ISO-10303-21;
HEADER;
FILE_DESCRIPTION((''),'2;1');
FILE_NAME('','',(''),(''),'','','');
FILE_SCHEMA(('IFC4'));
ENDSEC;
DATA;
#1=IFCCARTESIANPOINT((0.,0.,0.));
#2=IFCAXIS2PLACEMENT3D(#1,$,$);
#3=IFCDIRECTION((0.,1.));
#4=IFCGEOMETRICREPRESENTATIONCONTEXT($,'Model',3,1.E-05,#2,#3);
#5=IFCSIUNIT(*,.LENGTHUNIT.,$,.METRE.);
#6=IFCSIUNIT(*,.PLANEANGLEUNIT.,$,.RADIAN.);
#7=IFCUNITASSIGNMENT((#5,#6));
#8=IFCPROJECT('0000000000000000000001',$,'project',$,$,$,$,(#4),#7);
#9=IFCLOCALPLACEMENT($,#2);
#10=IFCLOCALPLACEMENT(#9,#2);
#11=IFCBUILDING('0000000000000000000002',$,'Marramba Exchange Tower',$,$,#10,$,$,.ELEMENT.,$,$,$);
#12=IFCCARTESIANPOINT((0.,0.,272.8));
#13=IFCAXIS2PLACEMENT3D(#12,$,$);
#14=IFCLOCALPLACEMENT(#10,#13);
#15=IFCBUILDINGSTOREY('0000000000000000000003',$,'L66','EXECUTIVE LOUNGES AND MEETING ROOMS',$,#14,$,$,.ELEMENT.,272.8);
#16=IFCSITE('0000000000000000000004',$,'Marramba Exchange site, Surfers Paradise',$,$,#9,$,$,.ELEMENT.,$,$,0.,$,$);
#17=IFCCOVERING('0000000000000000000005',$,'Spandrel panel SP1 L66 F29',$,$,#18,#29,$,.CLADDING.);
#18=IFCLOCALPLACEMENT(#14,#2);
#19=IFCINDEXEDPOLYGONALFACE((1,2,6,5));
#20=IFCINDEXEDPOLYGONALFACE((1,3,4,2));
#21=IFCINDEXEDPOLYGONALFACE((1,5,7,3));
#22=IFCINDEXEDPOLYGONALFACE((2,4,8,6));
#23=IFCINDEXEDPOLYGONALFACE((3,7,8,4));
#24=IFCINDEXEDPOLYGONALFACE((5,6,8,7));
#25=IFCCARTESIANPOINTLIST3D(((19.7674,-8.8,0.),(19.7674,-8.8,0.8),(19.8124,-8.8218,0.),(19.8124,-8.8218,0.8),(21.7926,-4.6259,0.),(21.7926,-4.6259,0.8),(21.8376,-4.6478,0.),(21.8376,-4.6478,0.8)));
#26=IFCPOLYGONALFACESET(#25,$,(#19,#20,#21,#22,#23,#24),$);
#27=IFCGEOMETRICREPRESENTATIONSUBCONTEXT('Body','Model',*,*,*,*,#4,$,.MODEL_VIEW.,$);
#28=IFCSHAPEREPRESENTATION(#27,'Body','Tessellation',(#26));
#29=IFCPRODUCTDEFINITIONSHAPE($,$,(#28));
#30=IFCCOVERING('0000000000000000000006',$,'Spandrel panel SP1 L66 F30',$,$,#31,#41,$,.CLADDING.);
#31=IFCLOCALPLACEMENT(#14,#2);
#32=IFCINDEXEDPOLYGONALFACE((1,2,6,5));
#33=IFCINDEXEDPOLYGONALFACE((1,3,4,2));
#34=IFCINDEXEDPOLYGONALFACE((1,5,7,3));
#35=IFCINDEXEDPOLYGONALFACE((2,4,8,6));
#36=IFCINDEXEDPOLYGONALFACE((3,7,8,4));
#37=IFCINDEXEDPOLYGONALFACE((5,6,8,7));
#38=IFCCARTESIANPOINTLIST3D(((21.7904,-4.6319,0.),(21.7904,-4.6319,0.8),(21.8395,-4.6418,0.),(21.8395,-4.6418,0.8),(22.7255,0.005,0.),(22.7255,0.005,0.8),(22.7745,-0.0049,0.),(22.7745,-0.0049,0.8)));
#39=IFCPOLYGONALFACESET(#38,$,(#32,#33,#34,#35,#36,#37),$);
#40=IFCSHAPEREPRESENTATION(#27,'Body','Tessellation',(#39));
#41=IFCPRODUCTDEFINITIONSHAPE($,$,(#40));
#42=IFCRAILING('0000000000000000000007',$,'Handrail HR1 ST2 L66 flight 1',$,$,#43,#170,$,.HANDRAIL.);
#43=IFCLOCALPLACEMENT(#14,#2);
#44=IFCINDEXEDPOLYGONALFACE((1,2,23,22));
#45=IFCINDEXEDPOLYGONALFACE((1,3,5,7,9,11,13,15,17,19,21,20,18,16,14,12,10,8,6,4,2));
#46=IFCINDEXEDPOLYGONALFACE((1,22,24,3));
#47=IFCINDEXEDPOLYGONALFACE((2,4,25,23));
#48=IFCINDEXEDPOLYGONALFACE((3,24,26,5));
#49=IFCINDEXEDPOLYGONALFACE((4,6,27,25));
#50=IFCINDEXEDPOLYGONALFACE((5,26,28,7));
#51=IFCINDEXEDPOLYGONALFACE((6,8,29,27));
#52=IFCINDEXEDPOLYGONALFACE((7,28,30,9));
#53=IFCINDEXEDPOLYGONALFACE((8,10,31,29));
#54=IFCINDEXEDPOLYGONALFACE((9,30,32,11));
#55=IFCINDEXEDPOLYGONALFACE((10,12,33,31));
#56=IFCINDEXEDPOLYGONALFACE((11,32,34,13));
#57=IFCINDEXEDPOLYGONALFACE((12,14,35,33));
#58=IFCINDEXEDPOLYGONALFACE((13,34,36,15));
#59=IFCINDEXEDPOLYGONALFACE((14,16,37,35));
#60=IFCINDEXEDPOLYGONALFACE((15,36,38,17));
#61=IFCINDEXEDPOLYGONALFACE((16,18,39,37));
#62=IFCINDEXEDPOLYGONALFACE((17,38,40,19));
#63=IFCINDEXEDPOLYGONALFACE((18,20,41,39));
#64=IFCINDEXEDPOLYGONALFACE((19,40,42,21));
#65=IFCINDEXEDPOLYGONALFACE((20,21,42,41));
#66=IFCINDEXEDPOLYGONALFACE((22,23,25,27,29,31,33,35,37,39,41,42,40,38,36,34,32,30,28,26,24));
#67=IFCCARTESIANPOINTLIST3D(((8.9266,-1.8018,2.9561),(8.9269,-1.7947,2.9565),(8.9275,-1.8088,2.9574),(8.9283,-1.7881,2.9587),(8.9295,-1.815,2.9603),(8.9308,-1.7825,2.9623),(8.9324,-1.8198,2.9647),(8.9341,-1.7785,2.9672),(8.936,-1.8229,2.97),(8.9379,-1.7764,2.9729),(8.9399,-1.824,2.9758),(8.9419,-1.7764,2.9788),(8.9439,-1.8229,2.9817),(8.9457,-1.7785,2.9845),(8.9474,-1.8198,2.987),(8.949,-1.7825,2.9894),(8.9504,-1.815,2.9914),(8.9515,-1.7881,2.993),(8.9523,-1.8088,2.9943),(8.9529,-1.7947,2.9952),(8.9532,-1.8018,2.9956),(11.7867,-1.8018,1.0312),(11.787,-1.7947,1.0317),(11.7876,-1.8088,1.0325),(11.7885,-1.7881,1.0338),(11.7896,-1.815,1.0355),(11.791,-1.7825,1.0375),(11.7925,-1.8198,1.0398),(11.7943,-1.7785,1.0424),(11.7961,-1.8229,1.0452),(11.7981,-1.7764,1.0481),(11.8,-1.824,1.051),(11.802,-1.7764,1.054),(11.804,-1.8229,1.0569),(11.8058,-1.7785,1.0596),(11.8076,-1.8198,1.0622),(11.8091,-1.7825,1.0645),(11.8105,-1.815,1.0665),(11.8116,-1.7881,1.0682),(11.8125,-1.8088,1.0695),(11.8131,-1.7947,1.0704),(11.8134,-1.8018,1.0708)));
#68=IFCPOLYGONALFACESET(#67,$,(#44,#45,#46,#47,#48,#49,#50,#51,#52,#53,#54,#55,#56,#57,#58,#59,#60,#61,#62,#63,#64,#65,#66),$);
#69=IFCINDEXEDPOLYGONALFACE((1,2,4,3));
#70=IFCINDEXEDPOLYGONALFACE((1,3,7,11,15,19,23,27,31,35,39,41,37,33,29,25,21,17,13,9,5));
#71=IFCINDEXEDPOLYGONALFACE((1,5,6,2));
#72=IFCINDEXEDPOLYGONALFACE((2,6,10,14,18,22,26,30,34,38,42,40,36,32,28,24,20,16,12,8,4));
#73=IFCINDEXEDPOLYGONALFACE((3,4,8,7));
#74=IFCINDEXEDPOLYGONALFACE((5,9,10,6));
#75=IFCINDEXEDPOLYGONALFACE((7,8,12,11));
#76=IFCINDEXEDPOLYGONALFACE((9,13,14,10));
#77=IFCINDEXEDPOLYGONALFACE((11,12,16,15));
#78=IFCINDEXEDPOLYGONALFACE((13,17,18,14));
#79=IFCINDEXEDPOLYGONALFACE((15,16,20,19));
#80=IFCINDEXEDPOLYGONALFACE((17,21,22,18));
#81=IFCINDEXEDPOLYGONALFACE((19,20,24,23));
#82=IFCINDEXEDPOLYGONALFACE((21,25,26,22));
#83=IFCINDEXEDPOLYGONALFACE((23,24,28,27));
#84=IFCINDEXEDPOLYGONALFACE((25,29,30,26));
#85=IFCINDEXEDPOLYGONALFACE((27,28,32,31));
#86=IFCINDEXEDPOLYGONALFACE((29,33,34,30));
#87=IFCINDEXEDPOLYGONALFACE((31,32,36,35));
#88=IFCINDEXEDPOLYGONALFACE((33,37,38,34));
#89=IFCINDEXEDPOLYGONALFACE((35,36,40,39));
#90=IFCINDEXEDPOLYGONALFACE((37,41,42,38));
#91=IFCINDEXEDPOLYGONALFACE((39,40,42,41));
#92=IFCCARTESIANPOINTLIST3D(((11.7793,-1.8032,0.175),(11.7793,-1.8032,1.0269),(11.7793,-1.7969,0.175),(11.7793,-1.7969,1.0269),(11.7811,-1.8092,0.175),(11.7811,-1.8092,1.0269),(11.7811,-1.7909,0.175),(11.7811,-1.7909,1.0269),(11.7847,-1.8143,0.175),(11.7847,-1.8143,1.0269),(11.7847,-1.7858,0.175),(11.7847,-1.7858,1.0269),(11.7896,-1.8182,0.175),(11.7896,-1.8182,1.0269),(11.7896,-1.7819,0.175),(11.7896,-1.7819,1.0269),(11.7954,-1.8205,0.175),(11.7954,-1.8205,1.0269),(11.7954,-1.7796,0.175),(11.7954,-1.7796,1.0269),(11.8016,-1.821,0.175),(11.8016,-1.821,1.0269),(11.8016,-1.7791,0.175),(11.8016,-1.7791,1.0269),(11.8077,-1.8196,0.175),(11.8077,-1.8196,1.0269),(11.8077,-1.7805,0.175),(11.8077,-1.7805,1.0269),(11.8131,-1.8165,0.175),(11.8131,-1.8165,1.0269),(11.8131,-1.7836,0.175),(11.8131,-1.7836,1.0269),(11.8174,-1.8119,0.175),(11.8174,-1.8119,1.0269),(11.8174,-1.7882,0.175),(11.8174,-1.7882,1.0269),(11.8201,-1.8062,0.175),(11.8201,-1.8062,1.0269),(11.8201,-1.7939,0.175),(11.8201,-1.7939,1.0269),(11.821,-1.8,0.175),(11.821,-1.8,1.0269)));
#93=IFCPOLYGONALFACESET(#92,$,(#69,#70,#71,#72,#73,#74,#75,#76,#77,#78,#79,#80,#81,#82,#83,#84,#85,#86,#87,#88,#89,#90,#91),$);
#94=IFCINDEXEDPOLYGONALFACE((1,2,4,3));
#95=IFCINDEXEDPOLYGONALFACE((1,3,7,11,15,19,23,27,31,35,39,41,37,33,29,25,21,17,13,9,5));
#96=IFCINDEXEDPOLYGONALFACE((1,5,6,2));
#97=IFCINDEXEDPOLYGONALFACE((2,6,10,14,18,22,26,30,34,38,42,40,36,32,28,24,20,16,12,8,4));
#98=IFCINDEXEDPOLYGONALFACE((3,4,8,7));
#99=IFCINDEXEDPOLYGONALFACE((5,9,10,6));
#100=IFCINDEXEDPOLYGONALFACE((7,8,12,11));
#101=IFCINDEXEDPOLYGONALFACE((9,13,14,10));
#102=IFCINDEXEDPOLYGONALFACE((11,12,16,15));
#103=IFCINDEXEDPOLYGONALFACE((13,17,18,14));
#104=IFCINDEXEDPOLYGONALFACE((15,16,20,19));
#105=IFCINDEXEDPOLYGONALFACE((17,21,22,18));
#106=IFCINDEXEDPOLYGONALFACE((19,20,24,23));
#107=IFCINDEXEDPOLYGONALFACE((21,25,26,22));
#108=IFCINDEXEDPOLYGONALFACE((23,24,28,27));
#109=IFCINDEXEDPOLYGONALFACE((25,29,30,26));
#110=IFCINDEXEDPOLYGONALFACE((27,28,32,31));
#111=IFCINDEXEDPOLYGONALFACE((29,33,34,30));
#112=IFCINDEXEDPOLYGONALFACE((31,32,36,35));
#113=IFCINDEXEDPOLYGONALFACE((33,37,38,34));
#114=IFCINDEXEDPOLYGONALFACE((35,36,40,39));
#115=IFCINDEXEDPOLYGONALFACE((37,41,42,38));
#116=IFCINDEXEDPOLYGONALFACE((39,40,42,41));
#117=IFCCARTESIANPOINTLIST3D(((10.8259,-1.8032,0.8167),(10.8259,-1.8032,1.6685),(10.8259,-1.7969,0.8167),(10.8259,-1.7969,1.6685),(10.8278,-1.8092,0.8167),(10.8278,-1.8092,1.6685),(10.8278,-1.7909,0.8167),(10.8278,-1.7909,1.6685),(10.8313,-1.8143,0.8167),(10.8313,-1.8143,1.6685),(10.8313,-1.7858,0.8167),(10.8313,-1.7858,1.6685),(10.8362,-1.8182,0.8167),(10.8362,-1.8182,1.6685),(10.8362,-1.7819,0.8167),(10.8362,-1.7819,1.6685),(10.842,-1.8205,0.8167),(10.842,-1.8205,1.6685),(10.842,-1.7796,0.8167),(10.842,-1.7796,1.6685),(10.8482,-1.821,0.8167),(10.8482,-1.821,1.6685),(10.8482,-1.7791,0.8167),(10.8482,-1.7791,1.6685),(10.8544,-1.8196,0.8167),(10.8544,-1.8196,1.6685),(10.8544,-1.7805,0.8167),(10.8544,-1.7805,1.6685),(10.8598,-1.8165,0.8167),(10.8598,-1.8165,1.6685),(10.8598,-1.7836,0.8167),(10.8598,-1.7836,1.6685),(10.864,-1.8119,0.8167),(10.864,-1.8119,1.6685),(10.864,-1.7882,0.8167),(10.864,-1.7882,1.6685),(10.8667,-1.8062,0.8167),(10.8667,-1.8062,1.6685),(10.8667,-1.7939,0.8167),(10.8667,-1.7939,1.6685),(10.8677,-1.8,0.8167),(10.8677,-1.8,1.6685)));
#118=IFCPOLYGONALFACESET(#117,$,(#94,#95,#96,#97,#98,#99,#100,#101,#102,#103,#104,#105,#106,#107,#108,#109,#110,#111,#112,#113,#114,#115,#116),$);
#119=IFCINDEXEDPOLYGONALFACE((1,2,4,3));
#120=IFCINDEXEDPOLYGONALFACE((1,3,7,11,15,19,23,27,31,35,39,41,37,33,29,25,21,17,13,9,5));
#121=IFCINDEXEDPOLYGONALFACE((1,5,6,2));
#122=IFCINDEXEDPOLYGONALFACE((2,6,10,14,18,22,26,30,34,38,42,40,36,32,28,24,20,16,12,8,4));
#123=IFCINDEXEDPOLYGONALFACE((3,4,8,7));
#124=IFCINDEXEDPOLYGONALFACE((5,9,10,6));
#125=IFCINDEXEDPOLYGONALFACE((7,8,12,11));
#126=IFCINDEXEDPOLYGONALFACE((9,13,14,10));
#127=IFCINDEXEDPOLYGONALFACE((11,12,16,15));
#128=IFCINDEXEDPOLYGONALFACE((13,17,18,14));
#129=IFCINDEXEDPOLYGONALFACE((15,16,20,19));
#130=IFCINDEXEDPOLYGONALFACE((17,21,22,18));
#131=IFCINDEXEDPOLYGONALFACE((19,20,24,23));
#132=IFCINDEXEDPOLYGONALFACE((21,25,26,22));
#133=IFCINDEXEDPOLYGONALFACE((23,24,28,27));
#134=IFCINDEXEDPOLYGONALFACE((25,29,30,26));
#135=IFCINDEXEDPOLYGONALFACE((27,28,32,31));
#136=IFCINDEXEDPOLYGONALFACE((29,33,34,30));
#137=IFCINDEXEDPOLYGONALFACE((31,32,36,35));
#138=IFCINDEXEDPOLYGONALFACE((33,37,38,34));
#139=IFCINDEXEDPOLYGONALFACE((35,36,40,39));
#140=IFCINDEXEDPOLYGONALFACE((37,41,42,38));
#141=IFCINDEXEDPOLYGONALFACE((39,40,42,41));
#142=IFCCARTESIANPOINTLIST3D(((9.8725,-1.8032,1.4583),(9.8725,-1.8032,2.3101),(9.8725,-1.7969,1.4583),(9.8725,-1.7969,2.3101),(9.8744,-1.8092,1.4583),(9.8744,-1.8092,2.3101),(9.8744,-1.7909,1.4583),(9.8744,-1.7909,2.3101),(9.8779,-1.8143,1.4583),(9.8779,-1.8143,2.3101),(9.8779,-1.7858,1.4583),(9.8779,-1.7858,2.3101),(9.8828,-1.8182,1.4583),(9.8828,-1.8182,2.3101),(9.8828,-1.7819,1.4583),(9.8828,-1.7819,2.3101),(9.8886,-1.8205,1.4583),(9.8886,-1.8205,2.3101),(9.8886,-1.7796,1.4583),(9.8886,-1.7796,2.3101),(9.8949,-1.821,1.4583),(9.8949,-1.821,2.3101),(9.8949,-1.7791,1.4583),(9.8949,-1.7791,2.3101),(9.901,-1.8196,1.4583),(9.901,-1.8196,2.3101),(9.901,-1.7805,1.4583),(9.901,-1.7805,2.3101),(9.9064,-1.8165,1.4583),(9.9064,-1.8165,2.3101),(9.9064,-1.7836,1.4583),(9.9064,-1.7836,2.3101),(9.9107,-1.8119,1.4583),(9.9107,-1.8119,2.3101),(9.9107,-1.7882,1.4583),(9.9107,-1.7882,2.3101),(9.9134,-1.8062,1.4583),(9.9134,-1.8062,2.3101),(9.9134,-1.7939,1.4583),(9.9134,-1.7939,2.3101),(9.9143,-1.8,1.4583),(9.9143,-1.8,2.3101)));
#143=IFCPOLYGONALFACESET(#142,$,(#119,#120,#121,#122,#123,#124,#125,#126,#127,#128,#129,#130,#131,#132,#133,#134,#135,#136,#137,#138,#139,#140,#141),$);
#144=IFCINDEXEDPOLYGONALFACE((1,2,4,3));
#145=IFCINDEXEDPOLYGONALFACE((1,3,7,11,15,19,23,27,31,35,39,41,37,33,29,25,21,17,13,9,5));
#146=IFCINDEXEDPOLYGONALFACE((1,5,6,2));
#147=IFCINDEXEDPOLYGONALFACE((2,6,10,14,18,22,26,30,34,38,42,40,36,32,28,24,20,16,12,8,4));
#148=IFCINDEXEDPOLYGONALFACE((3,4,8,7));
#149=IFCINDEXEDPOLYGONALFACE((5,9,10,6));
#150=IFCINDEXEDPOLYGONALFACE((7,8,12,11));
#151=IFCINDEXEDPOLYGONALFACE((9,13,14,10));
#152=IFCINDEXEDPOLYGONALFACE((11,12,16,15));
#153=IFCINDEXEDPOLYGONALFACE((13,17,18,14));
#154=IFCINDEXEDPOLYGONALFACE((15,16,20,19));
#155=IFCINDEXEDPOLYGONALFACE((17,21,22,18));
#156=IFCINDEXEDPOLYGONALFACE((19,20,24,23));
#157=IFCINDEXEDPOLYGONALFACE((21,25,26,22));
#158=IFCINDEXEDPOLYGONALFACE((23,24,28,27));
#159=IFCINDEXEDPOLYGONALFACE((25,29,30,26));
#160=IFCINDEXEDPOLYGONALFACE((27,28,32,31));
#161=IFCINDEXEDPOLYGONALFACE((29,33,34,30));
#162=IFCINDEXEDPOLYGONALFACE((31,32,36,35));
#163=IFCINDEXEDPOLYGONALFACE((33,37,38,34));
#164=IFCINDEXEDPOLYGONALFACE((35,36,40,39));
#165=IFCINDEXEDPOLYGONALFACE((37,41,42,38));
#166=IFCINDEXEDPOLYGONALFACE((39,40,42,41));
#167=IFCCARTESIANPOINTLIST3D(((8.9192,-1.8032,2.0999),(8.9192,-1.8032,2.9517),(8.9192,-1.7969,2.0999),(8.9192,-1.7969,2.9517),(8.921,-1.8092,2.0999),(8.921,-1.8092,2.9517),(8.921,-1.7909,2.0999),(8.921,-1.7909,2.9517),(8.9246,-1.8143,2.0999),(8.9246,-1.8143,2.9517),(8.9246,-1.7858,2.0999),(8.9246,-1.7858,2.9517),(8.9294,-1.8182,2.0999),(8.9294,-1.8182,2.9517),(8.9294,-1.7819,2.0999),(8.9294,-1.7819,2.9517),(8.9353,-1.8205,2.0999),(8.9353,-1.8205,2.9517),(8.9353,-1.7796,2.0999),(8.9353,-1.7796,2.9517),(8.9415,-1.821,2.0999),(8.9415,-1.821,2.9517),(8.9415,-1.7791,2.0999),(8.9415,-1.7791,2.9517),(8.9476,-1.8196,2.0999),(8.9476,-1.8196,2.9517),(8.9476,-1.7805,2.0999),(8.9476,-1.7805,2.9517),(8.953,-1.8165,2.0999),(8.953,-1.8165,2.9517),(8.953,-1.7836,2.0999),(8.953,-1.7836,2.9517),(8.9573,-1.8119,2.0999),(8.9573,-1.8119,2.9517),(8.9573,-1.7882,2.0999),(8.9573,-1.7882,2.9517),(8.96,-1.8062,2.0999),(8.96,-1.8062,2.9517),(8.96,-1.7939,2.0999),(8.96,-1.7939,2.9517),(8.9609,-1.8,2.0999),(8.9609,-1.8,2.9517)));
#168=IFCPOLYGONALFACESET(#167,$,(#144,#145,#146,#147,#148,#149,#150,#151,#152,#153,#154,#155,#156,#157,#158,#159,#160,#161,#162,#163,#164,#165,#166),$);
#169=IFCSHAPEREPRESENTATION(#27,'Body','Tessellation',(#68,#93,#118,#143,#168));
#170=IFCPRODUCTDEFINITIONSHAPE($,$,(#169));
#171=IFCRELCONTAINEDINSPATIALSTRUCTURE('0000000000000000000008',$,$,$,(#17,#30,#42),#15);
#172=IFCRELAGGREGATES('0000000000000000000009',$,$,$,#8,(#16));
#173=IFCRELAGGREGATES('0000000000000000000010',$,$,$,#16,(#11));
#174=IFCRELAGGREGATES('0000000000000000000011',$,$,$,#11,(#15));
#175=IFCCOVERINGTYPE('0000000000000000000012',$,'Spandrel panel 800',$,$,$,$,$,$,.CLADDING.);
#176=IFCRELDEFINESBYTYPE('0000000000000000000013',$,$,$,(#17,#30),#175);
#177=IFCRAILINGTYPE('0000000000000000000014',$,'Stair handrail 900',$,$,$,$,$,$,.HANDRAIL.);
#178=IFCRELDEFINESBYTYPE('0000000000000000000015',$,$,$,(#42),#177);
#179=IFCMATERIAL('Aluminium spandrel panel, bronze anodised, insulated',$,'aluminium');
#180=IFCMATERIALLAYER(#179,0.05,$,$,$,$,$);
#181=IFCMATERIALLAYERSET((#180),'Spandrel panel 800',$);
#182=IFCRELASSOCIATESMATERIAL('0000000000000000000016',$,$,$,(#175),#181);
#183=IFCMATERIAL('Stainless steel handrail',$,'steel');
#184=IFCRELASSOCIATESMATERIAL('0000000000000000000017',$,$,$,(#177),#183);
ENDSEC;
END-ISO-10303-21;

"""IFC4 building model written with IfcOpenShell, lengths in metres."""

from ifc_helpers import new_model, si_unit, direction, frame, origin, origin_2d, place, context, subcontext, project, spatial, rectangle, circle, extrude, material, layer, layer_set, type_object, element, save


model = new_model("IFC4")

# Units and contexts
model_context = context("Model", 3, precision=1e-05, world=origin(), true_north=direction((0.0, 1.0)))
body_context = subcontext(model_context, "Body", "Model", "MODEL_VIEW")
ifc_project = project(units=[si_unit("LENGTHUNIT", "METRE"), si_unit("PLANEANGLEUNIT", "RADIAN")], contexts=[model_context])

# Site, building, storey
site_placement = place(None, origin())
site = spatial("IfcSite", under=ifc_project, at=site_placement, Name="Marramba Exchange site, Surfers Paradise", CompositionType="ELEMENT", RefElevation=0.0)
building_placement = place(site_placement, origin())
building = spatial("IfcBuilding", under=site, at=building_placement, Name="Marramba Exchange Tower", CompositionType="ELEMENT")
storey_placement = place(building_placement, frame((0.0, 0.0, 272.8)))
storey = spatial("IfcBuildingStorey", under=building, at=storey_placement, Name="L66", Description="EXECUTIVE LOUNGES AND MEETING ROOMS", CompositionType="ELEMENT", Elevation=272.8)

# Coverings
ifc_material_1 = material(Name="Aluminium spandrel panel, bronze anodised, insulated", Category="aluminium")
ifc_layer_1 = layer(ifc_material_1, 0.05)
ifc_layer_set_1 = layer_set([ifc_layer_1], Name="Spandrel panel 800")
covering_type = type_object("IfcCoveringType", Name="Spandrel panel 800", PredefinedType="CLADDING", material=ifc_layer_set_1)
covering_1_placement = place(storey_placement, frame((20.8025, -6.7239, 0.0), z_axis=(0.0, 0.0, 1.0), x_axis=(0.436515, 0.899697, 0.0)))
element("IfcCovering", 1, at=covering_1_placement, inside=storey, type_object=covering_type, Name="Spandrel panel SP1 L66 F29", PredefinedType="CLADDING", context=body_context, shape_type="SweptSolid", body=[
    extrude(rectangle(XDim=4.6394, YDim=0.05, at=origin_2d()), origin(), (0.0, 0.0, 1.0), 0.8),
])
covering_2_placement = place(storey_placement, frame((22.2825, -2.3184, 0.0), z_axis=(0.0, 0.0, 1.0), x_axis=(0.197671, 0.980269, 0.0)))
element("IfcCovering", 2, at=covering_2_placement, inside=storey, type_object=covering_type, Name="Spandrel panel SP1 L66 F30", PredefinedType="CLADDING", context=body_context, shape_type="SweptSolid", body=[
    extrude(rectangle(XDim=4.7302, YDim=0.05, at=origin_2d()), origin(), (0.0, 0.0, 1.0), 0.8),
])

# Railing
ifc_material_2 = material(Name="Stainless steel handrail", Category="steel")
railing_type = type_object("IfcRailingType", Name="Stair handrail 900", PredefinedType="HANDRAIL", material=ifc_material_2)
railing_placement = place(storey_placement, frame((11.8, -1.8, 0.175)))
element("IfcRailing", 3, at=railing_placement, inside=storey, type_object=railing_type, Name="Handrail HR1 ST2 L66 flight 1", PredefinedType="HANDRAIL", context=body_context, shape_type="SweptSolid", body=[
    extrude(circle(Radius=0.0239, at=origin_2d()), frame((0.0, 0.0, 0.876), z_axis=(-0.829624, 0.0, 0.558323), x_axis=(0.0, -1.0, 0.0)), (0.0, 0.0, 1.0), 3.4475),
    extrude(circle(Radius=0.021, at=origin_2d()), origin(), (0.0, 0.0, 1.0), 0.8518),
    extrude(circle(Radius=0.021, at=origin_2d()), frame((-0.9534, 0.0, 0.6416)), (0.0, 0.0, 1.0), 0.8518),
    extrude(circle(Radius=0.021, at=origin_2d()), frame((-1.9067, 0.0, 1.2832)), (0.0, 0.0, 1.0), 0.8518),
    extrude(circle(Radius=0.021, at=origin_2d()), frame((-2.8601, 0.0, 1.9248)), (0.0, 0.0, 1.0), 0.8518),
])

save(model, "model.ifc")
